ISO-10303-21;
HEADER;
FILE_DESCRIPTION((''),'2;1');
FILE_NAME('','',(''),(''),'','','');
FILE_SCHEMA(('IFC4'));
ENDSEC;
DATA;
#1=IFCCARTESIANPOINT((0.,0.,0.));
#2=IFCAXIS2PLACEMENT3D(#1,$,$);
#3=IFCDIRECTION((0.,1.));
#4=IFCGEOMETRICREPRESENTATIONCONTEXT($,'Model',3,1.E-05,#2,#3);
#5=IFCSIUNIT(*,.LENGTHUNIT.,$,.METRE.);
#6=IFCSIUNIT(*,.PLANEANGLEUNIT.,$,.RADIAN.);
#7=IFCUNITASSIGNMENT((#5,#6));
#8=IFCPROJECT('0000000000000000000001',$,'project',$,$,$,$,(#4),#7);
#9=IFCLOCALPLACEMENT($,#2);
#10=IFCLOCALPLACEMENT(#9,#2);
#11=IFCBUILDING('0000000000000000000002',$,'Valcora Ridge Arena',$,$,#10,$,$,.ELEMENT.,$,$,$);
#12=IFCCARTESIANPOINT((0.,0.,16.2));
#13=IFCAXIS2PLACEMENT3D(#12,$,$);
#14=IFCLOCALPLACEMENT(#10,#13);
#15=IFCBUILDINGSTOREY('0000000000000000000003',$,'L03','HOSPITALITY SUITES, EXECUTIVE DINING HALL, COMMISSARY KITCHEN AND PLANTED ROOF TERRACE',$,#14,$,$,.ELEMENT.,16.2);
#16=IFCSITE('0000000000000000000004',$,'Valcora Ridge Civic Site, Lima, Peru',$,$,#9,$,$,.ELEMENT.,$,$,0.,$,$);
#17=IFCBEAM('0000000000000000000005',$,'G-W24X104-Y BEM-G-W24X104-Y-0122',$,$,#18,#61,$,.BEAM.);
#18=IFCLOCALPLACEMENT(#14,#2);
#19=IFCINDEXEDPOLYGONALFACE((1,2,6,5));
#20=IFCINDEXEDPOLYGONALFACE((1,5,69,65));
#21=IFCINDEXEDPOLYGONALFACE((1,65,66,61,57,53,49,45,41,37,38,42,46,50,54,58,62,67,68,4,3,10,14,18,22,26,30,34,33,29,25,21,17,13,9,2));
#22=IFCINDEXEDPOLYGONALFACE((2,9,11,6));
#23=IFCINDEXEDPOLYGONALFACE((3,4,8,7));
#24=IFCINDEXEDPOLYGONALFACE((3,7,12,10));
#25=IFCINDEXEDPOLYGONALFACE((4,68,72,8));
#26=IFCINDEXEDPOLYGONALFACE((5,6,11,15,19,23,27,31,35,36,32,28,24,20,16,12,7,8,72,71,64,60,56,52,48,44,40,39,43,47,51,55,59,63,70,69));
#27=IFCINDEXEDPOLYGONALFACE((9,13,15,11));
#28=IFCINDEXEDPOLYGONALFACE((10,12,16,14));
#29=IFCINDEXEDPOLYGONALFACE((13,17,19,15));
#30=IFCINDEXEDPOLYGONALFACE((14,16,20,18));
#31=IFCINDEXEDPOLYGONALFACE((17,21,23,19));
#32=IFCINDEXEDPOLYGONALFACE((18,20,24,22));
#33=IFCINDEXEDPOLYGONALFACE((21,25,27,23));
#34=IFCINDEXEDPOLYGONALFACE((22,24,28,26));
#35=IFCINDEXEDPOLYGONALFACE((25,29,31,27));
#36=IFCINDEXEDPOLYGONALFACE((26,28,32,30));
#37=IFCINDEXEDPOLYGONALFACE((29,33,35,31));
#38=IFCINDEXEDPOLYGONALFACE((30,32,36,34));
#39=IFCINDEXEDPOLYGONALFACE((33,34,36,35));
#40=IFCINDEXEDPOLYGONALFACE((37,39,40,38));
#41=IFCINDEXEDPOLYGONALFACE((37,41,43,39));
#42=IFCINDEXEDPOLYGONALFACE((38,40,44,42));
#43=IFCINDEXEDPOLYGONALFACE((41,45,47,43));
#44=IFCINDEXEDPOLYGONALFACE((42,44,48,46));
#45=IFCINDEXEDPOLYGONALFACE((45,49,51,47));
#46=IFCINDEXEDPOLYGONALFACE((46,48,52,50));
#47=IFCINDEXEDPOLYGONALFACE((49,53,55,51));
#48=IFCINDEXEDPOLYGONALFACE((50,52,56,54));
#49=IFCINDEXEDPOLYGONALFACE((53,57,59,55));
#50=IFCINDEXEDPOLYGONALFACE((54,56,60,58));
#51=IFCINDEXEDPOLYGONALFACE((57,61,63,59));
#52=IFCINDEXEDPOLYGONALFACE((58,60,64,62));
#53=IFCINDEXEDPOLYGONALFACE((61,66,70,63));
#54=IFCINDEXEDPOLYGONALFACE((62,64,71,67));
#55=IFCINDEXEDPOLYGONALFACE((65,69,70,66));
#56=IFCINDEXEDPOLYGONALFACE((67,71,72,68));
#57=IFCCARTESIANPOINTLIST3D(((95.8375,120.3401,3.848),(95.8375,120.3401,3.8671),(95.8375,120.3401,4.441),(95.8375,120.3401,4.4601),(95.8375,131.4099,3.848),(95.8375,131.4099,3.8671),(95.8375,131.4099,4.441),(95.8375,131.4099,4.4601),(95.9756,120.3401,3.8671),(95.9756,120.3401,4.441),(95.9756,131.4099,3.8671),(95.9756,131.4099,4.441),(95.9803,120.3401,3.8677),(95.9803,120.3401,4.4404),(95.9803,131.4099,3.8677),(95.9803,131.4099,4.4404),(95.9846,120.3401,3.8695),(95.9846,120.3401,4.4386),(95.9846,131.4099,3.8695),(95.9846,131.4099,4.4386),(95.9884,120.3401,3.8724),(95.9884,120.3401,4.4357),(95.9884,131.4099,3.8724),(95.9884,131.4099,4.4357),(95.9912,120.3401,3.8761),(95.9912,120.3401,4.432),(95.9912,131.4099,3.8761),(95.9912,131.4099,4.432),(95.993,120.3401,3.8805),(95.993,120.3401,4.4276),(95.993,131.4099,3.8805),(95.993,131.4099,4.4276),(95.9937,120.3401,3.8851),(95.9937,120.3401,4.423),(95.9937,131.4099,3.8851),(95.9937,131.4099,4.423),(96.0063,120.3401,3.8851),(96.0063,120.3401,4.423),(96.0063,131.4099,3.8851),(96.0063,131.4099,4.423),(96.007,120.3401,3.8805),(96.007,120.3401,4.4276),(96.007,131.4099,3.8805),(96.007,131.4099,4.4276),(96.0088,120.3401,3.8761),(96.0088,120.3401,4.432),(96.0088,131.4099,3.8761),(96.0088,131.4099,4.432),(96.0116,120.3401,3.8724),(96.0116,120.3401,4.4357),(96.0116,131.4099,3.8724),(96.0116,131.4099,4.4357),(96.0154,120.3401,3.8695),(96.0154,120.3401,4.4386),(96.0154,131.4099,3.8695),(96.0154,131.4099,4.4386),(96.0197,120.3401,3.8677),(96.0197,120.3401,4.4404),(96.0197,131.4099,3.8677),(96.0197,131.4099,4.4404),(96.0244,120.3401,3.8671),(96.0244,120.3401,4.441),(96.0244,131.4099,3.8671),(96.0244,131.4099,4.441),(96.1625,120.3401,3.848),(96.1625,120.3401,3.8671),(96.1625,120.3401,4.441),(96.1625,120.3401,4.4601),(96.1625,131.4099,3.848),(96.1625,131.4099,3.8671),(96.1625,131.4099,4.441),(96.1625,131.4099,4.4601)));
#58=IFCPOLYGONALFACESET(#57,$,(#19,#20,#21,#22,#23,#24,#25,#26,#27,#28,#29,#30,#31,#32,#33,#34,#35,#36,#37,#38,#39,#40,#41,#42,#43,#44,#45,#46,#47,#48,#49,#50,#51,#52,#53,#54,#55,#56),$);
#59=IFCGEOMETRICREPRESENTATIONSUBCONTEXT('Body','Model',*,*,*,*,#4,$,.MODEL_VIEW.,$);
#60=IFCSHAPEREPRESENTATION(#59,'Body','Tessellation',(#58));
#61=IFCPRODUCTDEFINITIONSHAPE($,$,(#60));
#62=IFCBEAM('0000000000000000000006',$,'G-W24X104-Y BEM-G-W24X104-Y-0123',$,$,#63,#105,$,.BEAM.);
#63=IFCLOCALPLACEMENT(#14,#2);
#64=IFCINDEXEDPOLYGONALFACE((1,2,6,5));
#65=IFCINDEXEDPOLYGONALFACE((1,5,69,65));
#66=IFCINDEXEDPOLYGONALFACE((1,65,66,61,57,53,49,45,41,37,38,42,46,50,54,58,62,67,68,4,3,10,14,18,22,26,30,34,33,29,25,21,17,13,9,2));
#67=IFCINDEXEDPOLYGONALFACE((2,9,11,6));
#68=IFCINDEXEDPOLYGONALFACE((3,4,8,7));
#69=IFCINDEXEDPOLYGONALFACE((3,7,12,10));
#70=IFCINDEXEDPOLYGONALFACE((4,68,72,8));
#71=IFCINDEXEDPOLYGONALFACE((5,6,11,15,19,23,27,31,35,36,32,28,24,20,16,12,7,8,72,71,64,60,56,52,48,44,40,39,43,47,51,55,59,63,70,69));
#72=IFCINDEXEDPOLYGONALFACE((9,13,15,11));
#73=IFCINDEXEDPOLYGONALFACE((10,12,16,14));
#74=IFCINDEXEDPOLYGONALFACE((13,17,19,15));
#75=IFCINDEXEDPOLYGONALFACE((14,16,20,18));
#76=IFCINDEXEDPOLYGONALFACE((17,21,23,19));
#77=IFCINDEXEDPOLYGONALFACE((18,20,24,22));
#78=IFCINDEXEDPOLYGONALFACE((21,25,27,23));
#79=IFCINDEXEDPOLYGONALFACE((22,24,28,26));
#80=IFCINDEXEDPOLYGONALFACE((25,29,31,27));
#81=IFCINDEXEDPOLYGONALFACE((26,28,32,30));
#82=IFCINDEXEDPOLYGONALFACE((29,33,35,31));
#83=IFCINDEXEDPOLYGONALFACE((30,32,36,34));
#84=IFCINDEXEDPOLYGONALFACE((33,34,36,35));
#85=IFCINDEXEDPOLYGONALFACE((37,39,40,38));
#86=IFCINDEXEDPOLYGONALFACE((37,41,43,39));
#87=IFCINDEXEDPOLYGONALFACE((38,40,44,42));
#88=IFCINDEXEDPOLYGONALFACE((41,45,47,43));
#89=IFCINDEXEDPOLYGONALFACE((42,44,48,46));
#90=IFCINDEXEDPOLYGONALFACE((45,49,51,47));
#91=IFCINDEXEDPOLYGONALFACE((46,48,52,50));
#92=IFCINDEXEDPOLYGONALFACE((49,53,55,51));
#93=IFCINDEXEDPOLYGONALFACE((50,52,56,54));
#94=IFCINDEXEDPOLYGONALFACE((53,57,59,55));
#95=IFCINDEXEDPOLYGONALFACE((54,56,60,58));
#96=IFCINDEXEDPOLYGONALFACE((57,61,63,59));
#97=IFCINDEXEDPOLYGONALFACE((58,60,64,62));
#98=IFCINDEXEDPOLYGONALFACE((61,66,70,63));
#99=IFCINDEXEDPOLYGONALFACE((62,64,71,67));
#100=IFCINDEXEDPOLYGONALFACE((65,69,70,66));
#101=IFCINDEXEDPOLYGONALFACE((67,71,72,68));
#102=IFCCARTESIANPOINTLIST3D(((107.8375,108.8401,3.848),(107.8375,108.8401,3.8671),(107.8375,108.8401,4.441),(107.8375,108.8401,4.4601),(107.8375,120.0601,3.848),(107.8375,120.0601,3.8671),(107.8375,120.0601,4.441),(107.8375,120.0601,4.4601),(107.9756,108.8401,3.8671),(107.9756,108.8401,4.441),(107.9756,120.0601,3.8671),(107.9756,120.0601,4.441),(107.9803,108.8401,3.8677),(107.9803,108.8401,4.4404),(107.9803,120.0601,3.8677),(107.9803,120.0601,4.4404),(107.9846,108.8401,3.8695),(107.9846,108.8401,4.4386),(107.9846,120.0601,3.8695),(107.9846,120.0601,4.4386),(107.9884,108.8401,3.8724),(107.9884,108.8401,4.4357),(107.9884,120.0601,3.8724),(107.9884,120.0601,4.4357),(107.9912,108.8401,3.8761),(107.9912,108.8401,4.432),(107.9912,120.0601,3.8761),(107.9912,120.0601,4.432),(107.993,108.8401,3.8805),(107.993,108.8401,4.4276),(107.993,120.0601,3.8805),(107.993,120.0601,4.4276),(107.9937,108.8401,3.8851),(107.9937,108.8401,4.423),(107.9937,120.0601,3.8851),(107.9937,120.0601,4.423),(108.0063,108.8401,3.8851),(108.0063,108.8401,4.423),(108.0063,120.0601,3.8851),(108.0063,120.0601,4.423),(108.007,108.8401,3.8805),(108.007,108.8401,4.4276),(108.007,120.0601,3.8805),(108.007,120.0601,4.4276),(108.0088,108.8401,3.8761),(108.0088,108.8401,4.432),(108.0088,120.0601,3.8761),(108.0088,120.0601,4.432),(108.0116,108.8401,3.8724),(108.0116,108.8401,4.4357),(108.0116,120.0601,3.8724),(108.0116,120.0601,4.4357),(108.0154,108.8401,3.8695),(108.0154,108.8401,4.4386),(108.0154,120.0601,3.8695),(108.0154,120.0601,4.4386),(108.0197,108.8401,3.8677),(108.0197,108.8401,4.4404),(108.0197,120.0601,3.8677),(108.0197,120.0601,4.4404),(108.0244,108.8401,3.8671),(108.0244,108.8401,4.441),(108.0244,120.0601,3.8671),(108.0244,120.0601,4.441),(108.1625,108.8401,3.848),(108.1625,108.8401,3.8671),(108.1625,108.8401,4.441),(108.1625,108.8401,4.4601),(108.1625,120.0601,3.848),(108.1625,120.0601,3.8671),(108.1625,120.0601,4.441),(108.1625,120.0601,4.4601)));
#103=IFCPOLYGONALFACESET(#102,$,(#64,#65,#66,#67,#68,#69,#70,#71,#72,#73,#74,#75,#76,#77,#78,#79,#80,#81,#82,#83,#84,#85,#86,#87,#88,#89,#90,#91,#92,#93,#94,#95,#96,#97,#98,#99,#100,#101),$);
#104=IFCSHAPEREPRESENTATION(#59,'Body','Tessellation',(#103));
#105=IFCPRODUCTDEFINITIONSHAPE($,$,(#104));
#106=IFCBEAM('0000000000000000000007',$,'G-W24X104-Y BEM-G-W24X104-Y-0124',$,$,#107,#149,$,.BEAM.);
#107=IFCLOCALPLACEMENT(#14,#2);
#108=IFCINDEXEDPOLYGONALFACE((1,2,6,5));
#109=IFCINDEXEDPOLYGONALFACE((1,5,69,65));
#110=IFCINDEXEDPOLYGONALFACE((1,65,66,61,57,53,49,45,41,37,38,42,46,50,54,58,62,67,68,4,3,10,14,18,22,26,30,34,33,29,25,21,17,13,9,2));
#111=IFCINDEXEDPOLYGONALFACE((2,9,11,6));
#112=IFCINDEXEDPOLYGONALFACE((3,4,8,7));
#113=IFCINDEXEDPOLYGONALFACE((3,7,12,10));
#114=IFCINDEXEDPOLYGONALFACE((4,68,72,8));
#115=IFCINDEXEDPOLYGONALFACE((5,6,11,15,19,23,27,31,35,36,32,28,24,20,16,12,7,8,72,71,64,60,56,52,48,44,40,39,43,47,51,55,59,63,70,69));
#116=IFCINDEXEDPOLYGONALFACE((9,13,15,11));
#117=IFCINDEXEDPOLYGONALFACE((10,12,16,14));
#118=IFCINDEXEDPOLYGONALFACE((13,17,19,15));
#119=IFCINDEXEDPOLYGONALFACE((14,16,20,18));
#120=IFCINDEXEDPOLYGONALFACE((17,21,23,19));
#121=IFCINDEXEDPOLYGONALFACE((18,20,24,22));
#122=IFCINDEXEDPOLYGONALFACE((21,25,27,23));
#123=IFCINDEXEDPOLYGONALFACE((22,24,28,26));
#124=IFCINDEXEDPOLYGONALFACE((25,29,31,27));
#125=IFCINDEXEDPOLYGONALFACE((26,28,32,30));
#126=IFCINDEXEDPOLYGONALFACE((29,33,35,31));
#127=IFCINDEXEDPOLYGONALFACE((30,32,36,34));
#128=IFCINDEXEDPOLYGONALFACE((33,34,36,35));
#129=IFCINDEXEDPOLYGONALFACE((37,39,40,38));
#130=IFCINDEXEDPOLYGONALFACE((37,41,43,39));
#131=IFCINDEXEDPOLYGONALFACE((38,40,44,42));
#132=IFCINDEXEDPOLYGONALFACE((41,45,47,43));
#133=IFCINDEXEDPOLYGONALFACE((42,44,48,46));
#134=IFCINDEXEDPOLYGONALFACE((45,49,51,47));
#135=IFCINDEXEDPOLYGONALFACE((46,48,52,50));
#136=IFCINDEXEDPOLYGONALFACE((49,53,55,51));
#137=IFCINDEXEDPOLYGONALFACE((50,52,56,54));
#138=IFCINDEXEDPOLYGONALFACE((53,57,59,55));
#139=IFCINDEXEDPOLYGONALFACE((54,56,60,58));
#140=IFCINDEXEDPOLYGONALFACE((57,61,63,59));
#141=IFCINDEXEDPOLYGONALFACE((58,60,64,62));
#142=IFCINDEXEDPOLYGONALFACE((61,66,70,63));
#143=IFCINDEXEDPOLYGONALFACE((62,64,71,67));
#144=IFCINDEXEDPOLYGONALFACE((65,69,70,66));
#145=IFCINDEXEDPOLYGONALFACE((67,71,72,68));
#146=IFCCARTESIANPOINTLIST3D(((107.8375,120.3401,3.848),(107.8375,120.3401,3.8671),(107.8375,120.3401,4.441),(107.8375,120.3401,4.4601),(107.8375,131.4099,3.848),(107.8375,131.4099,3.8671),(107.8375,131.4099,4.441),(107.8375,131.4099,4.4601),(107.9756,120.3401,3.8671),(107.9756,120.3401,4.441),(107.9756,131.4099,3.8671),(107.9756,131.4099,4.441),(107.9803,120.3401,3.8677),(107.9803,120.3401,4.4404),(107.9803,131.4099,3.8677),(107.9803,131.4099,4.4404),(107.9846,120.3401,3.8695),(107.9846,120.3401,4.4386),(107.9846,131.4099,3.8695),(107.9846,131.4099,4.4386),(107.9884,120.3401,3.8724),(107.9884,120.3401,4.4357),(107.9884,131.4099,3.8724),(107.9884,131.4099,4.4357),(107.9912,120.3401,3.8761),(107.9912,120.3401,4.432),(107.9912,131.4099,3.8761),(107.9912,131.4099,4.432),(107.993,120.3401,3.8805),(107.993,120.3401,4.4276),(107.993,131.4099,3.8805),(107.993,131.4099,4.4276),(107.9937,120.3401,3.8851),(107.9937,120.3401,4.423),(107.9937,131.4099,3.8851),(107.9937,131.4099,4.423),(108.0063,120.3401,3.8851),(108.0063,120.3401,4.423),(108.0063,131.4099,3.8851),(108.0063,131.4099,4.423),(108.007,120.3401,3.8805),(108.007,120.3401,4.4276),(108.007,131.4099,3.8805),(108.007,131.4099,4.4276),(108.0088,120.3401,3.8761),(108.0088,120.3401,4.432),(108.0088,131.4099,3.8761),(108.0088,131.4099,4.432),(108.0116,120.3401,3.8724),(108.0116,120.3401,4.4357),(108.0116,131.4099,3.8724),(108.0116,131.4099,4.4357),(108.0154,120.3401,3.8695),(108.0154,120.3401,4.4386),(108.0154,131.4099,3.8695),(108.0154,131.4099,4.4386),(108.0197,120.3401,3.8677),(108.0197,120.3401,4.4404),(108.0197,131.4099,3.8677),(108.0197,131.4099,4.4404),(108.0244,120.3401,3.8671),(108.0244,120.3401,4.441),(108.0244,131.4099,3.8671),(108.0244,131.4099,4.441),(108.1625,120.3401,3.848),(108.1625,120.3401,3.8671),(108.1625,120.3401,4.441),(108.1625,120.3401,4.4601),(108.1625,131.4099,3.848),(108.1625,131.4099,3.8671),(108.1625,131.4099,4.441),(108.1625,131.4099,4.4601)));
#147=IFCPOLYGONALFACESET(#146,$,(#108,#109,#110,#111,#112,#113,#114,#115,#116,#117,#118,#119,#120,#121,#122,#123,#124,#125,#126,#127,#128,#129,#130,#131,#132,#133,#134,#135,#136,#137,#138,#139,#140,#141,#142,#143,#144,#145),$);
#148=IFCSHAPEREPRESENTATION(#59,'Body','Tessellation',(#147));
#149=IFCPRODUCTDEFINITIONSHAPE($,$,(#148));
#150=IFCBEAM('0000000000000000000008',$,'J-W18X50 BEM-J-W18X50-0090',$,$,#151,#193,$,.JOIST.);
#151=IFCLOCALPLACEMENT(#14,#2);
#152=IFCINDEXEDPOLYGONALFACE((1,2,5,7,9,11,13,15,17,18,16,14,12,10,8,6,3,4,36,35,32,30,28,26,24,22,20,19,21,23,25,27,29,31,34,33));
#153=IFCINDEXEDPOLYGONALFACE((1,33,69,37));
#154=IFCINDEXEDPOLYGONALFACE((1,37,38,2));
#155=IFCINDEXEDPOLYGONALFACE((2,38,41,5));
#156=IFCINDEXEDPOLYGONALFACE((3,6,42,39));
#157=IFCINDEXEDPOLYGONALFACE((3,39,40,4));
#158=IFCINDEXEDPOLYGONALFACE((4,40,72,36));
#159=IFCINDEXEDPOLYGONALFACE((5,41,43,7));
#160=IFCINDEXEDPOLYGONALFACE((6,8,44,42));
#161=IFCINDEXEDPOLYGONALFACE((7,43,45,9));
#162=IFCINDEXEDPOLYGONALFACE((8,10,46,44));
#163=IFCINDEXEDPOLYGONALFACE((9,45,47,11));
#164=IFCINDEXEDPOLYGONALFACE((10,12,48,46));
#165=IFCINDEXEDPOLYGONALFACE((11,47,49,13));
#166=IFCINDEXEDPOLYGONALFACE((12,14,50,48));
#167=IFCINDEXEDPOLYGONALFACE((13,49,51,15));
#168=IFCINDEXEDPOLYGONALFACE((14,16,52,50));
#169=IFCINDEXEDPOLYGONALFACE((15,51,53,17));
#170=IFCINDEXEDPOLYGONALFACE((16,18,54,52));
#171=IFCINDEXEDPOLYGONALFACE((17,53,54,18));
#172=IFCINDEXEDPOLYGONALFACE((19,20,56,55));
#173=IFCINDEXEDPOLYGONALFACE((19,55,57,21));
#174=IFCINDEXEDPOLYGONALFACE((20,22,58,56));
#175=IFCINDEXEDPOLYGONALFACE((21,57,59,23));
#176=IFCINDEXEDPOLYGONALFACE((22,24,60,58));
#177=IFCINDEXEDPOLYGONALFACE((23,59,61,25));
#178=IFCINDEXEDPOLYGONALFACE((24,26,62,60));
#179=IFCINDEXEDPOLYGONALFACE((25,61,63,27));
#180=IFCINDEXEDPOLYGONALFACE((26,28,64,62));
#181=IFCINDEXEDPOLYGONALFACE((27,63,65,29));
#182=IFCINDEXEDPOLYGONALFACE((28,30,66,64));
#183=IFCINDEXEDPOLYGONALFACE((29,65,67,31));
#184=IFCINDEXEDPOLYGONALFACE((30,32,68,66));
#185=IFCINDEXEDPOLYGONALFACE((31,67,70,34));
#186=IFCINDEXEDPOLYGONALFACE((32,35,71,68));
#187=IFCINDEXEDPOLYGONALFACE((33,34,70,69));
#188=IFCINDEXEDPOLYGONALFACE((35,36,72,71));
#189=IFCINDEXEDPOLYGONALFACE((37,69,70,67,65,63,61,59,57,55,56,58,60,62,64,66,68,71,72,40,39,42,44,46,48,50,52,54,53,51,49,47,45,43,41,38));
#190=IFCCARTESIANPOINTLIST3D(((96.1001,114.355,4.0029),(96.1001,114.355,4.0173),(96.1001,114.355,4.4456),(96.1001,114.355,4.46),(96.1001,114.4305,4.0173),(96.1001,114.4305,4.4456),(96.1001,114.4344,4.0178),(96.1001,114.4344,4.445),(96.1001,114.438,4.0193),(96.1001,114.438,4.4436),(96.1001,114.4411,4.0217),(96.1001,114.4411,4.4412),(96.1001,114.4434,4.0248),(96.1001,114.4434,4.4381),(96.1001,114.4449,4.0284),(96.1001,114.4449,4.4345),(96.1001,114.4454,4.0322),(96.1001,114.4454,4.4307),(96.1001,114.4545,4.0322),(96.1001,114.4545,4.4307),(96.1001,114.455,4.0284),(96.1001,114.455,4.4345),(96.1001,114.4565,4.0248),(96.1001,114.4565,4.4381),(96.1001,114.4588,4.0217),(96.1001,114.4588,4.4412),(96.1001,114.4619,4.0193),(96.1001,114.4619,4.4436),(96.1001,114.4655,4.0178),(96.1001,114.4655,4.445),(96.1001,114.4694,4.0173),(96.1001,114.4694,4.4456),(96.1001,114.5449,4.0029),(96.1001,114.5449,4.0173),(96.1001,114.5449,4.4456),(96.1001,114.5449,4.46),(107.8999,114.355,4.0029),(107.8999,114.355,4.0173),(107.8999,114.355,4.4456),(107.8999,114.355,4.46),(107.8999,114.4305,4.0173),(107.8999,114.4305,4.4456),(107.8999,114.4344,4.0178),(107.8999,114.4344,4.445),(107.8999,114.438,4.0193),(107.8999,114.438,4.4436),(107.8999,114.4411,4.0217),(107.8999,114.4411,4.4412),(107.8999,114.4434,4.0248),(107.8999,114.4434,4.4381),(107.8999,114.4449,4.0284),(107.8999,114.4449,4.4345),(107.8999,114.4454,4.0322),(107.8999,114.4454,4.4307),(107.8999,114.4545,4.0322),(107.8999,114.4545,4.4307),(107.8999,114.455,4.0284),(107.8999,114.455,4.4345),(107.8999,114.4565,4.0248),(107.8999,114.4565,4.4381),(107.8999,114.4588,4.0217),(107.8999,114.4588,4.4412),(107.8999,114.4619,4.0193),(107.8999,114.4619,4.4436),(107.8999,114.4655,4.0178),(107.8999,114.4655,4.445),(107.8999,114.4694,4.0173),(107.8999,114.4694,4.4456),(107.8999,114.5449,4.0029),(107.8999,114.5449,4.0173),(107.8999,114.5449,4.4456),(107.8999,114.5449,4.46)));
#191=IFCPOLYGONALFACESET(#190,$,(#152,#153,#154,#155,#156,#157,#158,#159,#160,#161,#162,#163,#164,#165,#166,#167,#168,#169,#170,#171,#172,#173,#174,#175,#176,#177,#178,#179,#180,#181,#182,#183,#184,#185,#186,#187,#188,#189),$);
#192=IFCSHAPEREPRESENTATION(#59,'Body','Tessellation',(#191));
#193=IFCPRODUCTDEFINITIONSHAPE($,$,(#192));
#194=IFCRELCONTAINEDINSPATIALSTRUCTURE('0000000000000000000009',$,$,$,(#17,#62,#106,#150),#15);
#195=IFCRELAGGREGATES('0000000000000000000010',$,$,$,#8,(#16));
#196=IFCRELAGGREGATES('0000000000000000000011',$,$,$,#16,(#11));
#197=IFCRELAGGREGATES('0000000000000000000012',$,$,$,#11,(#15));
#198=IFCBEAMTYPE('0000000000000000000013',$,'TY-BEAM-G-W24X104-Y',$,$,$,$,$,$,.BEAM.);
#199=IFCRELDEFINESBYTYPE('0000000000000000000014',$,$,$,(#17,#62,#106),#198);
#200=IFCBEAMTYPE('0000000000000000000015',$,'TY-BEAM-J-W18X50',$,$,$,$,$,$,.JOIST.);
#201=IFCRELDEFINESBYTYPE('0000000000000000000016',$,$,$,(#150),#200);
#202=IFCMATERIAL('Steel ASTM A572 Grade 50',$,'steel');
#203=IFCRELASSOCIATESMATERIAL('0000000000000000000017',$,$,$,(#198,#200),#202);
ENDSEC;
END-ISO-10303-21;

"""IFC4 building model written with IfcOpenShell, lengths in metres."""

from ifc_helpers import new_model, si_unit, direction, frame, origin, origin_2d, place, context, subcontext, project, spatial, i_section, extrude, material, material_profile, profile_set, type_object, element, save


model = new_model("IFC4")

# Units and contexts
model_context = context("Model", 3, precision=1e-05, world=origin(), true_north=direction((0.0, 1.0)))
body_context = subcontext(model_context, "Body", "Model", "MODEL_VIEW")
ifc_project = project(units=[si_unit("LENGTHUNIT", "METRE"), si_unit("PLANEANGLEUNIT", "RADIAN")], contexts=[model_context])

# Site, building, storey
site_placement = place(None, origin())
site = spatial("IfcSite", under=ifc_project, at=site_placement, Name="Valcora Ridge Civic Site, Lima, Peru", CompositionType="ELEMENT", RefElevation=0.0)
building_placement = place(site_placement, origin())
building = spatial("IfcBuilding", under=site, at=building_placement, Name="Valcora Ridge Arena", CompositionType="ELEMENT")
storey_placement = place(building_placement, frame((0.0, 0.0, 16.2)))
storey = spatial("IfcBuildingStorey", under=building, at=storey_placement, Name="L03", Description="HOSPITALITY SUITES, EXECUTIVE DINING HALL, COMMISSARY KITCHEN AND PLANTED ROOF TERRACE", CompositionType="ELEMENT", Elevation=16.2)

# Beams
ifc_material_1 = material(Name="Steel ASTM A572 Grade 50", Category="steel")
ifc_material_profile_1 = material_profile(ifc_material_1, i_section(OverallWidth=0.325, OverallDepth=0.6121, WebThickness=0.0127, FlangeThickness=0.019, FilletRadius=0.0181, at=origin_2d()), Name="W24X104")
ifc_profile_set_1 = profile_set([ifc_material_profile_1], Name="Steel ASTM A572 Grade 50")
beam_type_1 = type_object("IfcBeamType", Name="TY-BEAM-G-W24X104-Y", PredefinedType="BEAM", material=ifc_profile_set_1)
beam_1_placement = place(storey_placement, frame((96.0, 120.3401, 4.1541), z_axis=(0.0, 1.0, 0.0), x_axis=(-1.0, 0.0, 0.0)))
element("IfcBeam", 1, at=beam_1_placement, inside=storey, type_object=beam_type_1, Name="G-W24X104-Y BEM-G-W24X104-Y-0122", PredefinedType="BEAM", context=body_context, shape_type="SweptSolid", body=[
    extrude(i_section(OverallWidth=0.325, OverallDepth=0.6121, WebThickness=0.0127, FlangeThickness=0.019, FilletRadius=0.0181, at=origin_2d()), origin(), (0.0, 0.0, 1.0), 11.0698),
])
beam_2_placement = place(storey_placement, frame((108.0, 108.8401, 4.1541), z_axis=(0.0, 1.0, 0.0), x_axis=(-1.0, 0.0, 0.0)))
element("IfcBeam", 2, at=beam_2_placement, inside=storey, type_object=beam_type_1, Name="G-W24X104-Y BEM-G-W24X104-Y-0123", PredefinedType="BEAM", context=body_context, shape_type="SweptSolid", body=[
    extrude(i_section(OverallWidth=0.325, OverallDepth=0.6121, WebThickness=0.0127, FlangeThickness=0.019, FilletRadius=0.0181, at=origin_2d()), origin(), (0.0, 0.0, 1.0), 11.22),
])
beam_3_placement = place(storey_placement, frame((108.0, 120.3401, 4.1541), z_axis=(0.0, 1.0, 0.0), x_axis=(-1.0, 0.0, 0.0)))
element("IfcBeam", 3, at=beam_3_placement, inside=storey, type_object=beam_type_1, Name="G-W24X104-Y BEM-G-W24X104-Y-0124", PredefinedType="BEAM", context=body_context, shape_type="SweptSolid", body=[
    extrude(i_section(OverallWidth=0.325, OverallDepth=0.6121, WebThickness=0.0127, FlangeThickness=0.019, FilletRadius=0.0181, at=origin_2d()), origin(), (0.0, 0.0, 1.0), 11.0698),
])
ifc_material_profile_2 = material_profile(ifc_material_1, i_section(OverallWidth=0.1899, OverallDepth=0.457, WebThickness=0.009, FlangeThickness=0.0144, FilletRadius=0.0149, at=origin_2d()), Name="W18X50")
ifc_profile_set_2 = profile_set([ifc_material_profile_2], Name="Steel ASTM A572 Grade 50")
beam_type_2 = type_object("IfcBeamType", Name="TY-BEAM-J-W18X50", PredefinedType="JOIST", material=ifc_profile_set_2)
for number, where, z_axis, x_axis, name in (
    (4, (96.1001, 114.45, 4.2314), (1.0, 0.0, 0.0), (0.0, 1.0, 0.0), "J-W18X50 BEM-J-W18X50-0090"),
):
    element("IfcBeam", number, at=place(storey_placement, frame(where, z_axis=z_axis, x_axis=x_axis)), inside=storey, type_object=beam_type_2, Name=name, PredefinedType="JOIST", context=body_context, shape_type="SweptSolid", body=[
        extrude(i_section(OverallWidth=0.1899, OverallDepth=0.457, WebThickness=0.009, FlangeThickness=0.0144, FilletRadius=0.0149, at=origin_2d()), origin(), (0.0, 0.0, 1.0), 11.7998),
    ])

save(model, "model.ifc")
